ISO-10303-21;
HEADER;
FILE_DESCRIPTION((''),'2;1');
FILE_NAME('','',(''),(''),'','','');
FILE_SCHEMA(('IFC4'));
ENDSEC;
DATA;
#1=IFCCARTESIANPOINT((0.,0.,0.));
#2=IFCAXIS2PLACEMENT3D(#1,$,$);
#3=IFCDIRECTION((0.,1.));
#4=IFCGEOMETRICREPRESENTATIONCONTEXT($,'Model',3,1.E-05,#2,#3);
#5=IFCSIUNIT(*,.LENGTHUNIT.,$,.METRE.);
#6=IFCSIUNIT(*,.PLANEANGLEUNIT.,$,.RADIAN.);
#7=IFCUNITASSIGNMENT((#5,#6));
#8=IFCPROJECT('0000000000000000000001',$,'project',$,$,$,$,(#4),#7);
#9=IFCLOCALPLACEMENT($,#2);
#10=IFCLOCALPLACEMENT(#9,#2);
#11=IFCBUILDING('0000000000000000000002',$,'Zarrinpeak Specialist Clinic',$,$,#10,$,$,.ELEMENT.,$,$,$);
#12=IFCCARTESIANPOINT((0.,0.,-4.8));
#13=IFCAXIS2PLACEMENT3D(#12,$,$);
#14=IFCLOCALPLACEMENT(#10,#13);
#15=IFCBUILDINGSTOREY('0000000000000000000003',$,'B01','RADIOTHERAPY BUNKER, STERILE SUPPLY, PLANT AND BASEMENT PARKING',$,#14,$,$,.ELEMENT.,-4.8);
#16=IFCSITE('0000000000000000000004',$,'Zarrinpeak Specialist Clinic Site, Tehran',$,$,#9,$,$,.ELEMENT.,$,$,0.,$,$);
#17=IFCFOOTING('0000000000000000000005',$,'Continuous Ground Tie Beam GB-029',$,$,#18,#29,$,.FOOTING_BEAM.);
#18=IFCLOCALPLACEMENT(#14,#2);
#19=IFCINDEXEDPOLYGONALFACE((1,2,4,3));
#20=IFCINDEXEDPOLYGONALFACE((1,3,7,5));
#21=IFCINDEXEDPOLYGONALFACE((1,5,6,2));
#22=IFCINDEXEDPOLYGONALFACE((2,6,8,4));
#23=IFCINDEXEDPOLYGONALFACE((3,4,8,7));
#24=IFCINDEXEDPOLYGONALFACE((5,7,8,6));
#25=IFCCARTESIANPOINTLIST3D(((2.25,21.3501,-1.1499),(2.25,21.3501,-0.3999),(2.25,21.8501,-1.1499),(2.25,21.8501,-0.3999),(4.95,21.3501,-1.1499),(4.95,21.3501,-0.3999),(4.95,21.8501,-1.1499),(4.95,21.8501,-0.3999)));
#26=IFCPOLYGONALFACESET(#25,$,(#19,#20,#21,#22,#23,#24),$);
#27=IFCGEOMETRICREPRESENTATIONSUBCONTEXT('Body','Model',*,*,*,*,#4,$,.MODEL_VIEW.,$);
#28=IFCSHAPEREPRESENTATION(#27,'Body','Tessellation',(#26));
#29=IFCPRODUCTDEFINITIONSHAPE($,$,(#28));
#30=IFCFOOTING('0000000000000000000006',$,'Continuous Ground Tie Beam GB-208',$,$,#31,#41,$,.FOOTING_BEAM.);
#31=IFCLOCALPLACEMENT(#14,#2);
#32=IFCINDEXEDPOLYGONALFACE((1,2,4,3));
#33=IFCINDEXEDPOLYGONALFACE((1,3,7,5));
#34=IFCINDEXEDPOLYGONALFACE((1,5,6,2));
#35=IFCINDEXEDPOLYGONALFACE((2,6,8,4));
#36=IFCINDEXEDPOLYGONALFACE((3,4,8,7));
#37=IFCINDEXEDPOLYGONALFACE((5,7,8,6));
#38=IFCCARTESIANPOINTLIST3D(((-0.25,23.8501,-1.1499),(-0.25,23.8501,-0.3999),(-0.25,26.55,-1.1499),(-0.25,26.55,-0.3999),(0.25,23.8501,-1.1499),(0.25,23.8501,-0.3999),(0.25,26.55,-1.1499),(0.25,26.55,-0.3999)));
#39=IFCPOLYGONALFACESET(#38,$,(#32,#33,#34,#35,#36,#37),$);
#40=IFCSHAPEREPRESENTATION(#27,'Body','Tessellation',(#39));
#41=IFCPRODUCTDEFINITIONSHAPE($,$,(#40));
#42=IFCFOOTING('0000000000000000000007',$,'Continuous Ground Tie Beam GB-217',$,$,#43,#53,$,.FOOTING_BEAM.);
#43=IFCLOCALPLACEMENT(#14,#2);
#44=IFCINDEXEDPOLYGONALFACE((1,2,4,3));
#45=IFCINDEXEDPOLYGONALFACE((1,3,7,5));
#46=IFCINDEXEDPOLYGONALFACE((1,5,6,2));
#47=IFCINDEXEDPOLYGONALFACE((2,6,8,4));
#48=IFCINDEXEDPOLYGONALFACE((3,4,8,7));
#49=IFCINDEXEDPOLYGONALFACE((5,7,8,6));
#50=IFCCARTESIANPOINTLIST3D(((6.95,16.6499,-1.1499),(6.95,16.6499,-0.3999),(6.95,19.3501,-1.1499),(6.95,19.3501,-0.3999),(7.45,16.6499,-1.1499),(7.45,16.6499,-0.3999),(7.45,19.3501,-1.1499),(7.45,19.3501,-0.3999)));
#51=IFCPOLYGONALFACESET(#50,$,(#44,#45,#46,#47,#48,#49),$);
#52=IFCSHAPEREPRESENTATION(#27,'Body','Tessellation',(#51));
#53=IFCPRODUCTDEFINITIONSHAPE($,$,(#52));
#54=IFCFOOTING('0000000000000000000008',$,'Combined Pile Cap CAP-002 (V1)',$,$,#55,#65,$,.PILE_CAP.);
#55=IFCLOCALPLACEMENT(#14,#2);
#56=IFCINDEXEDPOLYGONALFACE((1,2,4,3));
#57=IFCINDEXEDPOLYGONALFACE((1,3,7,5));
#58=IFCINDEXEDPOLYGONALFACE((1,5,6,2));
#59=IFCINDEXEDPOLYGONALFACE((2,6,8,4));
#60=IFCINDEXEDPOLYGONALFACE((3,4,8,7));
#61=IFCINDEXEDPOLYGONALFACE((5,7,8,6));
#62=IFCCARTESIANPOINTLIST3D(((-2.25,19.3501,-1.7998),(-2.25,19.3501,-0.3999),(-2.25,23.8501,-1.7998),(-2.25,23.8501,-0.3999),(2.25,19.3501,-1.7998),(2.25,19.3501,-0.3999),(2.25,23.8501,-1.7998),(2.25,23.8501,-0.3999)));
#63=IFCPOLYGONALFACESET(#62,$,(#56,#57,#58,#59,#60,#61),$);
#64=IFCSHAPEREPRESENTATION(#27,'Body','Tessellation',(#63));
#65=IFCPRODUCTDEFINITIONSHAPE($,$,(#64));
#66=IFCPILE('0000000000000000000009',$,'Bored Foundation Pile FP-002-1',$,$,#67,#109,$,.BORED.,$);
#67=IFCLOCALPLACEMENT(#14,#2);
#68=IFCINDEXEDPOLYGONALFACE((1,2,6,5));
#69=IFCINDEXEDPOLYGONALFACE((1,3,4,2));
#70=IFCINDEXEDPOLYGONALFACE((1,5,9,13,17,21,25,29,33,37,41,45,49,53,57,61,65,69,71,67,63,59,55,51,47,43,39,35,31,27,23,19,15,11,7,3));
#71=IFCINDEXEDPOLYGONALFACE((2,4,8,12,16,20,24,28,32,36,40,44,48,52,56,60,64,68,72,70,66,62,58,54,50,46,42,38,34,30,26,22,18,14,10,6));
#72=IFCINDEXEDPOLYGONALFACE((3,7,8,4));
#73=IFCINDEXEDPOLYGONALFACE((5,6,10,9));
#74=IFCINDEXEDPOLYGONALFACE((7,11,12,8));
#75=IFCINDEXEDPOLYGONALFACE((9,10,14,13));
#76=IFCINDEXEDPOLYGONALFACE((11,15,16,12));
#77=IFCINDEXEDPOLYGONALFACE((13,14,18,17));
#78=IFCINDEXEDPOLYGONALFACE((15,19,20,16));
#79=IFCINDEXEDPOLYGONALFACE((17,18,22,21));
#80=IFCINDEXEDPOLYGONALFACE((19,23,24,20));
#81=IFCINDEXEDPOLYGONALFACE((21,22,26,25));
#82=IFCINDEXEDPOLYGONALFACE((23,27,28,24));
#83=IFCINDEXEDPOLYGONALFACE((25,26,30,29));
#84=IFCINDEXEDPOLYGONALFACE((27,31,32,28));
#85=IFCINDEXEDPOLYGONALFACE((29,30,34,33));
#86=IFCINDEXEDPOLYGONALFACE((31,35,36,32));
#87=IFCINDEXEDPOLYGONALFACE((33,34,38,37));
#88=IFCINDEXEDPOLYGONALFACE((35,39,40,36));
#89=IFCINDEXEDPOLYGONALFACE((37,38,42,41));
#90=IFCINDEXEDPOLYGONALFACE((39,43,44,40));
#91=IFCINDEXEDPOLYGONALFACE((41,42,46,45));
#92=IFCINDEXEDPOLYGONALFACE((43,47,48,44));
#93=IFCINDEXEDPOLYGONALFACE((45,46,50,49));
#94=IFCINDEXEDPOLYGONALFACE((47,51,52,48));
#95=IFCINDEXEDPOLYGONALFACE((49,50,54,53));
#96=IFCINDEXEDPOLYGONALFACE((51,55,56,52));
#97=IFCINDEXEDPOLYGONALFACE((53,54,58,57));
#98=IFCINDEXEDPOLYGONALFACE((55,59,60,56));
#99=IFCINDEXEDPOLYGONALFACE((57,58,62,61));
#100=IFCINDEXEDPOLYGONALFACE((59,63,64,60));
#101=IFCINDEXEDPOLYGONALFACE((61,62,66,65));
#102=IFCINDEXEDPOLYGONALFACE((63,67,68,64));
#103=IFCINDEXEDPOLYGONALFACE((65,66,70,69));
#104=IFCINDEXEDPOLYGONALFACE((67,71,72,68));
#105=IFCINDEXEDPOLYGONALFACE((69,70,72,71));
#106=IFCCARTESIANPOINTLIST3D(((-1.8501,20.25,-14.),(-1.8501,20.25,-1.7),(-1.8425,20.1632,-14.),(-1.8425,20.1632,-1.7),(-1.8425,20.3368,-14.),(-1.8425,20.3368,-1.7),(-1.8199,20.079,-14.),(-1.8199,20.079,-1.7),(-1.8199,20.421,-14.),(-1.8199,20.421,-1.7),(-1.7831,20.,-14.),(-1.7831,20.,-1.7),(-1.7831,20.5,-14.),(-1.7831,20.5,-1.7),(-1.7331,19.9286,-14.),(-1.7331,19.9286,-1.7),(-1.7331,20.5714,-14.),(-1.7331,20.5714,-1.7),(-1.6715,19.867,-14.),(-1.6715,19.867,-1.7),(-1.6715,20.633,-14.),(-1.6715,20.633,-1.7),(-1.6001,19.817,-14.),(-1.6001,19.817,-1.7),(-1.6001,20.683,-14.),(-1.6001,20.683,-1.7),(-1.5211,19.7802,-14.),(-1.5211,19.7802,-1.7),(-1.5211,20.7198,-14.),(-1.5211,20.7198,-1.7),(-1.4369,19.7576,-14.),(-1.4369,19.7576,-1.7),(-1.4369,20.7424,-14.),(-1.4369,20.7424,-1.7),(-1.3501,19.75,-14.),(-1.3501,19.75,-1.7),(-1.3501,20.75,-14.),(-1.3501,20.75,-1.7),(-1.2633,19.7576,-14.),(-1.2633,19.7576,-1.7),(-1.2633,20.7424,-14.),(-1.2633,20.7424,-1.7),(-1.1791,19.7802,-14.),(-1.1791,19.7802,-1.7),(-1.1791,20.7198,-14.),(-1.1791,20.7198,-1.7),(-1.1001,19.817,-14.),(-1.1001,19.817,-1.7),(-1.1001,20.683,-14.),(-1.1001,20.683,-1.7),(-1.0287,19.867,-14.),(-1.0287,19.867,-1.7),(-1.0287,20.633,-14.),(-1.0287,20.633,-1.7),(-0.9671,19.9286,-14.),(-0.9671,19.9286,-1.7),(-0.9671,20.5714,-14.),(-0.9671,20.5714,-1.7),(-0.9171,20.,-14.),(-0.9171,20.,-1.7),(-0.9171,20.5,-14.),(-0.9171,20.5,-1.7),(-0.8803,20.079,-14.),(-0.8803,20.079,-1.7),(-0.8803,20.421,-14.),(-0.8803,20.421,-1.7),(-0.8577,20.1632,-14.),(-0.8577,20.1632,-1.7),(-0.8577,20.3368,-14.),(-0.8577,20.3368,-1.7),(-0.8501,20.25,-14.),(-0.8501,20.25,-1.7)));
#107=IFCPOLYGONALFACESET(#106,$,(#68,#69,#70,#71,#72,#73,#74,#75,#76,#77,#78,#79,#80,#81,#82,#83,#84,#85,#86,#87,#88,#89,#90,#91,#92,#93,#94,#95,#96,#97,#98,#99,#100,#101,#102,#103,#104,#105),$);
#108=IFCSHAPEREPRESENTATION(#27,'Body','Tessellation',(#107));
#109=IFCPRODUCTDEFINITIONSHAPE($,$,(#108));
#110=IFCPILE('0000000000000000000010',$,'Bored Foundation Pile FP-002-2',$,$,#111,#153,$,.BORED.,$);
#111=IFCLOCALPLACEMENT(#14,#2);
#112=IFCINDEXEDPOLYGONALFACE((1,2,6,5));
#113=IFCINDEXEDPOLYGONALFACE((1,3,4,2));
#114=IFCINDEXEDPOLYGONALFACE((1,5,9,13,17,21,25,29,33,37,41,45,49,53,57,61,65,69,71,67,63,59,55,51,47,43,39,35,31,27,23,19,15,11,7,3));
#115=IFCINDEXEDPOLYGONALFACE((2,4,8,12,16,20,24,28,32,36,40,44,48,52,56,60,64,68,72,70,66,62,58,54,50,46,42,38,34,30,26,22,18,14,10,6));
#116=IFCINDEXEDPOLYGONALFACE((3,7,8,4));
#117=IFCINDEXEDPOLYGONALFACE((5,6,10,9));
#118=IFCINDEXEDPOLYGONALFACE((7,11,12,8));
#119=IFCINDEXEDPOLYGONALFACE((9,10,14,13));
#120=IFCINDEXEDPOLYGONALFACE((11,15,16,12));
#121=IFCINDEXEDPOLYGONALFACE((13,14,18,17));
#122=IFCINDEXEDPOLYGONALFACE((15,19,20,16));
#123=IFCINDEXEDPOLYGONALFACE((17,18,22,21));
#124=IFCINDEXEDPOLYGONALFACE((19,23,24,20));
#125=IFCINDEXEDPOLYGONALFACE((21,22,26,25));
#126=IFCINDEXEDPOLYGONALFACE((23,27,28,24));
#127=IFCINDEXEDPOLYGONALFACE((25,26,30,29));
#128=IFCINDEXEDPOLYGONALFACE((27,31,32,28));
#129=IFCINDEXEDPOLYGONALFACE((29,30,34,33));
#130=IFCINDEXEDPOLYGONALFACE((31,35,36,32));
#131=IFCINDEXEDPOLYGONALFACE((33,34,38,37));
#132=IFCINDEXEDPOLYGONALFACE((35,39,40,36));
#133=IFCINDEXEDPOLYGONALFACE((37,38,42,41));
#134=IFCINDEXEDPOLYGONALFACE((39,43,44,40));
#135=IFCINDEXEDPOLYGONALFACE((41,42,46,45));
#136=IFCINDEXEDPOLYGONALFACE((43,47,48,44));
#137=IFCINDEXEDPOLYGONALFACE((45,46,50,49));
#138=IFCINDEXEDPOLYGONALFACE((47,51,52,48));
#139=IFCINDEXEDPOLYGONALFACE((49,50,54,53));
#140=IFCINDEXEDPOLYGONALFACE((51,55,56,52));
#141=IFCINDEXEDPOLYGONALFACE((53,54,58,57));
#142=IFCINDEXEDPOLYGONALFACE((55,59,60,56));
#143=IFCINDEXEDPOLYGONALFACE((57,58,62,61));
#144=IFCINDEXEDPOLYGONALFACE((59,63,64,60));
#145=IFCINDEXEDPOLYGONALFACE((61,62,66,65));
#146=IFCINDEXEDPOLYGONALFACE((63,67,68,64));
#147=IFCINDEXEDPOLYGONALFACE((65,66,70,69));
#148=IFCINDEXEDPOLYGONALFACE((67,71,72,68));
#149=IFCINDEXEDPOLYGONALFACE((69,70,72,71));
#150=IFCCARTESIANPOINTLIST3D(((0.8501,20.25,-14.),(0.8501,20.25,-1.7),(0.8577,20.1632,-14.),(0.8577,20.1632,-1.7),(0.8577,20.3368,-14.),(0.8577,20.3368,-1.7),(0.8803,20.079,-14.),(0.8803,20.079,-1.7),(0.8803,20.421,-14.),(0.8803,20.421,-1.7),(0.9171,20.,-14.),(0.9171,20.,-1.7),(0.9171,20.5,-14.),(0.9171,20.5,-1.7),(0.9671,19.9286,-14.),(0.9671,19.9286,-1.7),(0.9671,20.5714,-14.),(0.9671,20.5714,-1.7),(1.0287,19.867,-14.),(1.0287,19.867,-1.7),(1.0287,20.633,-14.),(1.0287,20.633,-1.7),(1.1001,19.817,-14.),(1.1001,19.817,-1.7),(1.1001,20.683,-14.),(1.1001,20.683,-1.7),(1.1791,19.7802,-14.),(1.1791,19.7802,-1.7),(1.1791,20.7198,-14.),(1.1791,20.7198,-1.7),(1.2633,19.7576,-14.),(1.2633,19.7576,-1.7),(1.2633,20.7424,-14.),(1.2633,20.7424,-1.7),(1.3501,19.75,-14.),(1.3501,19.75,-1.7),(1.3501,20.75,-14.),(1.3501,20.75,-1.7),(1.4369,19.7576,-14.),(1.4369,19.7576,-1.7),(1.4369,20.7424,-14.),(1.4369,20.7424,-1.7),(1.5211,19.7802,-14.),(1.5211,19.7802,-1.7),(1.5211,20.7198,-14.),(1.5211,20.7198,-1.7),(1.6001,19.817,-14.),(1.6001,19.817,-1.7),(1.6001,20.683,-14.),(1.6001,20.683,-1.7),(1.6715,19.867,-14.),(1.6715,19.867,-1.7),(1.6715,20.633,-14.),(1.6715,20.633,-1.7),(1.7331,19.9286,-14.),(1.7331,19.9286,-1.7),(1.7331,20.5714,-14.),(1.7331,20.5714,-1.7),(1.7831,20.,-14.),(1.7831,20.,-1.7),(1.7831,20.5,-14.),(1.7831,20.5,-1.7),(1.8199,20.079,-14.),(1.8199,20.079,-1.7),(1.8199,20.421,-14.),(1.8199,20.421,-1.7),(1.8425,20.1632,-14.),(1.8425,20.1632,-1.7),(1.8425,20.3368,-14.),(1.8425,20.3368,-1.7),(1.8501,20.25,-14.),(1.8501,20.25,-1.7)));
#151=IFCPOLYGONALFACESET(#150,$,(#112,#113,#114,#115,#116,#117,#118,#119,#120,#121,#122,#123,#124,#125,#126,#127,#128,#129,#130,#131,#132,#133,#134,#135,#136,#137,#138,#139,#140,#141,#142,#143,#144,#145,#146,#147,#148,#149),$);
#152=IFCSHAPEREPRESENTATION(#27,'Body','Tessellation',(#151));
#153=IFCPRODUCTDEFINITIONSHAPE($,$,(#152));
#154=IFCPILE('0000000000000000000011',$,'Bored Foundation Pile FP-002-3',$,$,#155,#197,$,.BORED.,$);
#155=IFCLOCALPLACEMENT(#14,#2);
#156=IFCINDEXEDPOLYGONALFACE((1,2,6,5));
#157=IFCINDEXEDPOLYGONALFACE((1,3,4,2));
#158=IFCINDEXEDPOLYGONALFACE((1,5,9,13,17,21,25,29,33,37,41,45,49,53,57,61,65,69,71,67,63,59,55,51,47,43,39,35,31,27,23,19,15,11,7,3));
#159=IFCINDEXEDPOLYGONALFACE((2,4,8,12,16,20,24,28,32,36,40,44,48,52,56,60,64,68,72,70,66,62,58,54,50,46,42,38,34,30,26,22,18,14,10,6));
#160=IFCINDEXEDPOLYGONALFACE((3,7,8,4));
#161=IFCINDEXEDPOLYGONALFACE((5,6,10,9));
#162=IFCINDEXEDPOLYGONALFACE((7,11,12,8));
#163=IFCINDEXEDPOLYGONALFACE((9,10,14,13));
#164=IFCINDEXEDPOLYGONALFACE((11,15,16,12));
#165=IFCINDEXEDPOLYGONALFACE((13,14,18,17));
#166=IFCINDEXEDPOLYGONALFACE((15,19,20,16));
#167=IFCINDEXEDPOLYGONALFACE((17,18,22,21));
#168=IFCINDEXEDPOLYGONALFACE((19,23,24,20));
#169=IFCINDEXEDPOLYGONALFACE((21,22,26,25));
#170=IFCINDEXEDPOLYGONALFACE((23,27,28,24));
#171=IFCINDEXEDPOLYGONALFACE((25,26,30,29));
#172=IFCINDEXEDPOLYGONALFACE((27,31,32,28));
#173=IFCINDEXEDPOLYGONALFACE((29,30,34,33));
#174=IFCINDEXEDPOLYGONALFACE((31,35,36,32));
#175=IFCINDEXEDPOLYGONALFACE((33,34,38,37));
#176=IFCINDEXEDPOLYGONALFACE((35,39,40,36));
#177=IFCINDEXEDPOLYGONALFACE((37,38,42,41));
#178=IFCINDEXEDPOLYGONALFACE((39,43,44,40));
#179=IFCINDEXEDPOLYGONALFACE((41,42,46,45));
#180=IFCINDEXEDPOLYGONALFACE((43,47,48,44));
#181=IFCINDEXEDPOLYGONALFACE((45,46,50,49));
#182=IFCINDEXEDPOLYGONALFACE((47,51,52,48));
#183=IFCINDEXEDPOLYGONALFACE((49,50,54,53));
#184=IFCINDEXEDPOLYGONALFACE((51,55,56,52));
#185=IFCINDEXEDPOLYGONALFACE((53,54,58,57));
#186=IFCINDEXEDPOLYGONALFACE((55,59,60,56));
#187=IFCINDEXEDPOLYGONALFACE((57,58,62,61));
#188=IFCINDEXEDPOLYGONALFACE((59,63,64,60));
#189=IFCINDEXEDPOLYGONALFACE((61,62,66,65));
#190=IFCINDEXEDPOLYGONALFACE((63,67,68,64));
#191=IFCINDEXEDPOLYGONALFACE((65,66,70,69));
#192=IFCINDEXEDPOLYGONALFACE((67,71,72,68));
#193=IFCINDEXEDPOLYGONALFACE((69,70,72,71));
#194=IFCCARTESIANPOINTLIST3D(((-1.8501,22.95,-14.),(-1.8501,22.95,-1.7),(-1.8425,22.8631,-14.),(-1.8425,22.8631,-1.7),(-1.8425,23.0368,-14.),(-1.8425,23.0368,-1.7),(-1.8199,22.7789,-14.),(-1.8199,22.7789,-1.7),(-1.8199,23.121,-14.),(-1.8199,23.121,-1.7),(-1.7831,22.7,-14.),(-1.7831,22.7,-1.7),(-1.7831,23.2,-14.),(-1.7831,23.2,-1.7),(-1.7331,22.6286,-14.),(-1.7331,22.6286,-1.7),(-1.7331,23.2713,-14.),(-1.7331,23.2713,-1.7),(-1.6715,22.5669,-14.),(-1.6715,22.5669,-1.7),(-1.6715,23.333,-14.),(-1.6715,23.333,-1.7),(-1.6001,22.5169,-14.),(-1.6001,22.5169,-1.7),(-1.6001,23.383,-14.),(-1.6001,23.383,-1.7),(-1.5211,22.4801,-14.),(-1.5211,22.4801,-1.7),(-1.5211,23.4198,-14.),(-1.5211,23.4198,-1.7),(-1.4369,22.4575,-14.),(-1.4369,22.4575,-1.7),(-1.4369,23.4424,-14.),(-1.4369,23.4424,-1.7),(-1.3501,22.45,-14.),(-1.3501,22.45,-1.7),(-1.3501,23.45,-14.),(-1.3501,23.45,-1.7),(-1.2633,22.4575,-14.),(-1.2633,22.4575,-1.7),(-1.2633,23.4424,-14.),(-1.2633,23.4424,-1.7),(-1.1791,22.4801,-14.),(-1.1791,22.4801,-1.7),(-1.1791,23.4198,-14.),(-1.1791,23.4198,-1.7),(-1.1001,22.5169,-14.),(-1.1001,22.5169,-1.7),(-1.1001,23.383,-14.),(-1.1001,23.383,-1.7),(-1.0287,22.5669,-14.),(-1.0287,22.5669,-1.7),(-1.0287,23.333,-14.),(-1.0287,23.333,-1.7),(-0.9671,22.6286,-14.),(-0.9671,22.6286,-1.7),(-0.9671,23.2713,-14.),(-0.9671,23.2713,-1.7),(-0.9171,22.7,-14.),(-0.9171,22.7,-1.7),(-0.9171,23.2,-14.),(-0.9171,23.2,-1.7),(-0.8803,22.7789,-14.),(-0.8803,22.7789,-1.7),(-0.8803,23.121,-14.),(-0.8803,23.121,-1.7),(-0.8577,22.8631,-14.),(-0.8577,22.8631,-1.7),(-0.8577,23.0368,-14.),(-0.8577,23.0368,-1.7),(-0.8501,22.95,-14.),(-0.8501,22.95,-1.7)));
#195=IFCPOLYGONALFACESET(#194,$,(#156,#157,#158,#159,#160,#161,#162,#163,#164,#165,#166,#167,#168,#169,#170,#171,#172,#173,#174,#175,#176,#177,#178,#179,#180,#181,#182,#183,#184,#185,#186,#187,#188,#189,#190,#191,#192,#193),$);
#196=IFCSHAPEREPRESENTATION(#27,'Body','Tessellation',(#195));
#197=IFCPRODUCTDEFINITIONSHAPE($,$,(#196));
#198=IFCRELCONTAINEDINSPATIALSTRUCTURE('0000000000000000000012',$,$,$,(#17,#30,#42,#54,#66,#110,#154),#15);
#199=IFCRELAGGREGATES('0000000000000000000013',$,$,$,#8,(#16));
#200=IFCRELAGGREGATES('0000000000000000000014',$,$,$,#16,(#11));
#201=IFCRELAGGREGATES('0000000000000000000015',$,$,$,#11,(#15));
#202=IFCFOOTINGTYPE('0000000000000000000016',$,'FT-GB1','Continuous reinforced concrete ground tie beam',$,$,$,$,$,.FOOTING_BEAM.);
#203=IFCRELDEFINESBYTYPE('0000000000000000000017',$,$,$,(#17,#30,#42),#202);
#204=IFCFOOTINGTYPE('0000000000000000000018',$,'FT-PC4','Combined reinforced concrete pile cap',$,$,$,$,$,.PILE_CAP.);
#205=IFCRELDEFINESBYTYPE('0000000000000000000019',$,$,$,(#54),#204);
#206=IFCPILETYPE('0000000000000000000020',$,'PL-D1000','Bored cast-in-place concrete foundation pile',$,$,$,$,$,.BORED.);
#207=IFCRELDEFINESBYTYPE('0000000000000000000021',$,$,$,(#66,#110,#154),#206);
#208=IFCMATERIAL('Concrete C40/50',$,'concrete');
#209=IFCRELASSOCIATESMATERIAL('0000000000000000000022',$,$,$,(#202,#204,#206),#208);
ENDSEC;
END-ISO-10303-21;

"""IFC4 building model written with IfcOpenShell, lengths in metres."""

from ifc_helpers import new_model, si_unit, direction, frame, origin, origin_2d, place, context, subcontext, project, spatial, rectangle, circle, extrude, material, material_profile, profile_set, type_object, element, save


model = new_model("IFC4")

# Units and contexts
model_context = context("Model", 3, precision=1e-05, world=origin(), true_north=direction((0.0, 1.0)))
body_context = subcontext(model_context, "Body", "Model", "MODEL_VIEW")
ifc_project = project(units=[si_unit("LENGTHUNIT", "METRE"), si_unit("PLANEANGLEUNIT", "RADIAN")], contexts=[model_context])

# Site, building, storey
site_placement = place(None, origin())
site = spatial("IfcSite", under=ifc_project, at=site_placement, Name="Zarrinpeak Specialist Clinic Site, Tehran", CompositionType="ELEMENT", RefElevation=0.0)
building_placement = place(site_placement, origin())
building = spatial("IfcBuilding", under=site, at=building_placement, Name="Zarrinpeak Specialist Clinic", CompositionType="ELEMENT")
storey_placement = place(building_placement, frame((0.0, 0.0, -4.8)))
storey = spatial("IfcBuildingStorey", under=building, at=storey_placement, Name="B01", Description="RADIOTHERAPY BUNKER, STERILE SUPPLY, PLANT AND BASEMENT PARKING", CompositionType="ELEMENT", Elevation=-4.8)

# Footings
ifc_material_1 = material(Name="Concrete C40/50", Category="concrete")
ifc_material_profile_1 = material_profile(ifc_material_1, rectangle(XDim=0.5, YDim=0.75, at=origin_2d()), Name="RC 500x750")
ifc_profile_set_1 = profile_set([ifc_material_profile_1], Name="Concrete C40/50")
footing_type_1 = type_object("IfcFootingType", Name="FT-GB1", Description="Continuous reinforced concrete ground tie beam", PredefinedType="FOOTING_BEAM", material=ifc_profile_set_1)
for number, where, z_axis, x_axis, name in (
    (1, (2.25, 21.6001, -0.7749), (1.0, 0.0, 0.0), (0.0, 1.0, 0.0), "Continuous Ground Tie Beam GB-029"),
    (2, (0.0, 23.8501, -0.7749), (0.0, 1.0, 0.0), (-1.0, 0.0, 0.0), "Continuous Ground Tie Beam GB-208"),
):
    element("IfcFooting", number, at=place(storey_placement, frame(where, z_axis=z_axis, x_axis=x_axis)), inside=storey, type_object=footing_type_1, Name=name, PredefinedType="FOOTING_BEAM", context=body_context, shape_type="SweptSolid", body=[
        extrude(rectangle(XDim=0.5, YDim=0.75, at=origin_2d()), origin(), (0.0, 0.0, 1.0), 2.7),
    ])
footing_1_placement = place(storey_placement, frame((7.2, 16.6499, -0.7749), z_axis=(0.0, 1.0, 0.0), x_axis=(-1.0, 0.0, 0.0)))
element("IfcFooting", 3, at=footing_1_placement, inside=storey, type_object=footing_type_1, Name="Continuous Ground Tie Beam GB-217", PredefinedType="FOOTING_BEAM", context=body_context, shape_type="SweptSolid", body=[
    extrude(rectangle(XDim=0.5, YDim=0.75, at=origin_2d()), origin(), (0.0, 0.0, 1.0), 2.7002),
])
footing_type_2 = type_object("IfcFootingType", Name="FT-PC4", Description="Combined reinforced concrete pile cap", PredefinedType="PILE_CAP", material=ifc_material_1)
footing_2_placement = place(storey_placement, frame((0.0, 21.6001, -1.7998), z_axis=(0.0, 0.0, 1.0), x_axis=(1.0, 0.0, 0.0)))
element("IfcFooting", 4, at=footing_2_placement, inside=storey, type_object=footing_type_2, Name="Combined Pile Cap CAP-002 (V1)", PredefinedType="PILE_CAP", context=body_context, shape_type="SweptSolid", body=[
    extrude(rectangle(XDim=4.5, YDim=4.5, at=origin_2d()), origin(), (0.0, 0.0, 1.0), 1.3999),
])

# Piles
ifc_material_profile_2 = material_profile(ifc_material_1, circle(Radius=0.5, at=origin_2d()), Name="BORED PILE D1000")
ifc_profile_set_2 = profile_set([ifc_material_profile_2], Name="Concrete C40/50")
pile_type = type_object("IfcPileType", Name="PL-D1000", Description="Bored cast-in-place concrete foundation pile", PredefinedType="BORED", material=ifc_profile_set_2)
for number, where, z_axis, x_axis, name in (
    (5, (-1.3501, 20.25, -1.7), (0.0, 0.0, -1.0), (1.0, 0.0, 0.0), "Bored Foundation Pile FP-002-1"),
    (6, (1.3501, 20.25, -1.7), (0.0, 0.0, -1.0), (1.0, 0.0, 0.0), "Bored Foundation Pile FP-002-2"),
    (7, (-1.3501, 22.95, -1.7), (0.0, 0.0, -1.0), (1.0, 0.0, 0.0), "Bored Foundation Pile FP-002-3"),
):
    element("IfcPile", number, at=place(storey_placement, frame(where, z_axis=z_axis, x_axis=x_axis)), inside=storey, type_object=pile_type, Name=name, PredefinedType="BORED", context=body_context, shape_type="SweptSolid", body=[
        extrude(circle(Radius=0.5, at=origin_2d()), origin(), (0.0, 0.0, 1.0), 12.3),
    ])

save(model, "model.ifc")
